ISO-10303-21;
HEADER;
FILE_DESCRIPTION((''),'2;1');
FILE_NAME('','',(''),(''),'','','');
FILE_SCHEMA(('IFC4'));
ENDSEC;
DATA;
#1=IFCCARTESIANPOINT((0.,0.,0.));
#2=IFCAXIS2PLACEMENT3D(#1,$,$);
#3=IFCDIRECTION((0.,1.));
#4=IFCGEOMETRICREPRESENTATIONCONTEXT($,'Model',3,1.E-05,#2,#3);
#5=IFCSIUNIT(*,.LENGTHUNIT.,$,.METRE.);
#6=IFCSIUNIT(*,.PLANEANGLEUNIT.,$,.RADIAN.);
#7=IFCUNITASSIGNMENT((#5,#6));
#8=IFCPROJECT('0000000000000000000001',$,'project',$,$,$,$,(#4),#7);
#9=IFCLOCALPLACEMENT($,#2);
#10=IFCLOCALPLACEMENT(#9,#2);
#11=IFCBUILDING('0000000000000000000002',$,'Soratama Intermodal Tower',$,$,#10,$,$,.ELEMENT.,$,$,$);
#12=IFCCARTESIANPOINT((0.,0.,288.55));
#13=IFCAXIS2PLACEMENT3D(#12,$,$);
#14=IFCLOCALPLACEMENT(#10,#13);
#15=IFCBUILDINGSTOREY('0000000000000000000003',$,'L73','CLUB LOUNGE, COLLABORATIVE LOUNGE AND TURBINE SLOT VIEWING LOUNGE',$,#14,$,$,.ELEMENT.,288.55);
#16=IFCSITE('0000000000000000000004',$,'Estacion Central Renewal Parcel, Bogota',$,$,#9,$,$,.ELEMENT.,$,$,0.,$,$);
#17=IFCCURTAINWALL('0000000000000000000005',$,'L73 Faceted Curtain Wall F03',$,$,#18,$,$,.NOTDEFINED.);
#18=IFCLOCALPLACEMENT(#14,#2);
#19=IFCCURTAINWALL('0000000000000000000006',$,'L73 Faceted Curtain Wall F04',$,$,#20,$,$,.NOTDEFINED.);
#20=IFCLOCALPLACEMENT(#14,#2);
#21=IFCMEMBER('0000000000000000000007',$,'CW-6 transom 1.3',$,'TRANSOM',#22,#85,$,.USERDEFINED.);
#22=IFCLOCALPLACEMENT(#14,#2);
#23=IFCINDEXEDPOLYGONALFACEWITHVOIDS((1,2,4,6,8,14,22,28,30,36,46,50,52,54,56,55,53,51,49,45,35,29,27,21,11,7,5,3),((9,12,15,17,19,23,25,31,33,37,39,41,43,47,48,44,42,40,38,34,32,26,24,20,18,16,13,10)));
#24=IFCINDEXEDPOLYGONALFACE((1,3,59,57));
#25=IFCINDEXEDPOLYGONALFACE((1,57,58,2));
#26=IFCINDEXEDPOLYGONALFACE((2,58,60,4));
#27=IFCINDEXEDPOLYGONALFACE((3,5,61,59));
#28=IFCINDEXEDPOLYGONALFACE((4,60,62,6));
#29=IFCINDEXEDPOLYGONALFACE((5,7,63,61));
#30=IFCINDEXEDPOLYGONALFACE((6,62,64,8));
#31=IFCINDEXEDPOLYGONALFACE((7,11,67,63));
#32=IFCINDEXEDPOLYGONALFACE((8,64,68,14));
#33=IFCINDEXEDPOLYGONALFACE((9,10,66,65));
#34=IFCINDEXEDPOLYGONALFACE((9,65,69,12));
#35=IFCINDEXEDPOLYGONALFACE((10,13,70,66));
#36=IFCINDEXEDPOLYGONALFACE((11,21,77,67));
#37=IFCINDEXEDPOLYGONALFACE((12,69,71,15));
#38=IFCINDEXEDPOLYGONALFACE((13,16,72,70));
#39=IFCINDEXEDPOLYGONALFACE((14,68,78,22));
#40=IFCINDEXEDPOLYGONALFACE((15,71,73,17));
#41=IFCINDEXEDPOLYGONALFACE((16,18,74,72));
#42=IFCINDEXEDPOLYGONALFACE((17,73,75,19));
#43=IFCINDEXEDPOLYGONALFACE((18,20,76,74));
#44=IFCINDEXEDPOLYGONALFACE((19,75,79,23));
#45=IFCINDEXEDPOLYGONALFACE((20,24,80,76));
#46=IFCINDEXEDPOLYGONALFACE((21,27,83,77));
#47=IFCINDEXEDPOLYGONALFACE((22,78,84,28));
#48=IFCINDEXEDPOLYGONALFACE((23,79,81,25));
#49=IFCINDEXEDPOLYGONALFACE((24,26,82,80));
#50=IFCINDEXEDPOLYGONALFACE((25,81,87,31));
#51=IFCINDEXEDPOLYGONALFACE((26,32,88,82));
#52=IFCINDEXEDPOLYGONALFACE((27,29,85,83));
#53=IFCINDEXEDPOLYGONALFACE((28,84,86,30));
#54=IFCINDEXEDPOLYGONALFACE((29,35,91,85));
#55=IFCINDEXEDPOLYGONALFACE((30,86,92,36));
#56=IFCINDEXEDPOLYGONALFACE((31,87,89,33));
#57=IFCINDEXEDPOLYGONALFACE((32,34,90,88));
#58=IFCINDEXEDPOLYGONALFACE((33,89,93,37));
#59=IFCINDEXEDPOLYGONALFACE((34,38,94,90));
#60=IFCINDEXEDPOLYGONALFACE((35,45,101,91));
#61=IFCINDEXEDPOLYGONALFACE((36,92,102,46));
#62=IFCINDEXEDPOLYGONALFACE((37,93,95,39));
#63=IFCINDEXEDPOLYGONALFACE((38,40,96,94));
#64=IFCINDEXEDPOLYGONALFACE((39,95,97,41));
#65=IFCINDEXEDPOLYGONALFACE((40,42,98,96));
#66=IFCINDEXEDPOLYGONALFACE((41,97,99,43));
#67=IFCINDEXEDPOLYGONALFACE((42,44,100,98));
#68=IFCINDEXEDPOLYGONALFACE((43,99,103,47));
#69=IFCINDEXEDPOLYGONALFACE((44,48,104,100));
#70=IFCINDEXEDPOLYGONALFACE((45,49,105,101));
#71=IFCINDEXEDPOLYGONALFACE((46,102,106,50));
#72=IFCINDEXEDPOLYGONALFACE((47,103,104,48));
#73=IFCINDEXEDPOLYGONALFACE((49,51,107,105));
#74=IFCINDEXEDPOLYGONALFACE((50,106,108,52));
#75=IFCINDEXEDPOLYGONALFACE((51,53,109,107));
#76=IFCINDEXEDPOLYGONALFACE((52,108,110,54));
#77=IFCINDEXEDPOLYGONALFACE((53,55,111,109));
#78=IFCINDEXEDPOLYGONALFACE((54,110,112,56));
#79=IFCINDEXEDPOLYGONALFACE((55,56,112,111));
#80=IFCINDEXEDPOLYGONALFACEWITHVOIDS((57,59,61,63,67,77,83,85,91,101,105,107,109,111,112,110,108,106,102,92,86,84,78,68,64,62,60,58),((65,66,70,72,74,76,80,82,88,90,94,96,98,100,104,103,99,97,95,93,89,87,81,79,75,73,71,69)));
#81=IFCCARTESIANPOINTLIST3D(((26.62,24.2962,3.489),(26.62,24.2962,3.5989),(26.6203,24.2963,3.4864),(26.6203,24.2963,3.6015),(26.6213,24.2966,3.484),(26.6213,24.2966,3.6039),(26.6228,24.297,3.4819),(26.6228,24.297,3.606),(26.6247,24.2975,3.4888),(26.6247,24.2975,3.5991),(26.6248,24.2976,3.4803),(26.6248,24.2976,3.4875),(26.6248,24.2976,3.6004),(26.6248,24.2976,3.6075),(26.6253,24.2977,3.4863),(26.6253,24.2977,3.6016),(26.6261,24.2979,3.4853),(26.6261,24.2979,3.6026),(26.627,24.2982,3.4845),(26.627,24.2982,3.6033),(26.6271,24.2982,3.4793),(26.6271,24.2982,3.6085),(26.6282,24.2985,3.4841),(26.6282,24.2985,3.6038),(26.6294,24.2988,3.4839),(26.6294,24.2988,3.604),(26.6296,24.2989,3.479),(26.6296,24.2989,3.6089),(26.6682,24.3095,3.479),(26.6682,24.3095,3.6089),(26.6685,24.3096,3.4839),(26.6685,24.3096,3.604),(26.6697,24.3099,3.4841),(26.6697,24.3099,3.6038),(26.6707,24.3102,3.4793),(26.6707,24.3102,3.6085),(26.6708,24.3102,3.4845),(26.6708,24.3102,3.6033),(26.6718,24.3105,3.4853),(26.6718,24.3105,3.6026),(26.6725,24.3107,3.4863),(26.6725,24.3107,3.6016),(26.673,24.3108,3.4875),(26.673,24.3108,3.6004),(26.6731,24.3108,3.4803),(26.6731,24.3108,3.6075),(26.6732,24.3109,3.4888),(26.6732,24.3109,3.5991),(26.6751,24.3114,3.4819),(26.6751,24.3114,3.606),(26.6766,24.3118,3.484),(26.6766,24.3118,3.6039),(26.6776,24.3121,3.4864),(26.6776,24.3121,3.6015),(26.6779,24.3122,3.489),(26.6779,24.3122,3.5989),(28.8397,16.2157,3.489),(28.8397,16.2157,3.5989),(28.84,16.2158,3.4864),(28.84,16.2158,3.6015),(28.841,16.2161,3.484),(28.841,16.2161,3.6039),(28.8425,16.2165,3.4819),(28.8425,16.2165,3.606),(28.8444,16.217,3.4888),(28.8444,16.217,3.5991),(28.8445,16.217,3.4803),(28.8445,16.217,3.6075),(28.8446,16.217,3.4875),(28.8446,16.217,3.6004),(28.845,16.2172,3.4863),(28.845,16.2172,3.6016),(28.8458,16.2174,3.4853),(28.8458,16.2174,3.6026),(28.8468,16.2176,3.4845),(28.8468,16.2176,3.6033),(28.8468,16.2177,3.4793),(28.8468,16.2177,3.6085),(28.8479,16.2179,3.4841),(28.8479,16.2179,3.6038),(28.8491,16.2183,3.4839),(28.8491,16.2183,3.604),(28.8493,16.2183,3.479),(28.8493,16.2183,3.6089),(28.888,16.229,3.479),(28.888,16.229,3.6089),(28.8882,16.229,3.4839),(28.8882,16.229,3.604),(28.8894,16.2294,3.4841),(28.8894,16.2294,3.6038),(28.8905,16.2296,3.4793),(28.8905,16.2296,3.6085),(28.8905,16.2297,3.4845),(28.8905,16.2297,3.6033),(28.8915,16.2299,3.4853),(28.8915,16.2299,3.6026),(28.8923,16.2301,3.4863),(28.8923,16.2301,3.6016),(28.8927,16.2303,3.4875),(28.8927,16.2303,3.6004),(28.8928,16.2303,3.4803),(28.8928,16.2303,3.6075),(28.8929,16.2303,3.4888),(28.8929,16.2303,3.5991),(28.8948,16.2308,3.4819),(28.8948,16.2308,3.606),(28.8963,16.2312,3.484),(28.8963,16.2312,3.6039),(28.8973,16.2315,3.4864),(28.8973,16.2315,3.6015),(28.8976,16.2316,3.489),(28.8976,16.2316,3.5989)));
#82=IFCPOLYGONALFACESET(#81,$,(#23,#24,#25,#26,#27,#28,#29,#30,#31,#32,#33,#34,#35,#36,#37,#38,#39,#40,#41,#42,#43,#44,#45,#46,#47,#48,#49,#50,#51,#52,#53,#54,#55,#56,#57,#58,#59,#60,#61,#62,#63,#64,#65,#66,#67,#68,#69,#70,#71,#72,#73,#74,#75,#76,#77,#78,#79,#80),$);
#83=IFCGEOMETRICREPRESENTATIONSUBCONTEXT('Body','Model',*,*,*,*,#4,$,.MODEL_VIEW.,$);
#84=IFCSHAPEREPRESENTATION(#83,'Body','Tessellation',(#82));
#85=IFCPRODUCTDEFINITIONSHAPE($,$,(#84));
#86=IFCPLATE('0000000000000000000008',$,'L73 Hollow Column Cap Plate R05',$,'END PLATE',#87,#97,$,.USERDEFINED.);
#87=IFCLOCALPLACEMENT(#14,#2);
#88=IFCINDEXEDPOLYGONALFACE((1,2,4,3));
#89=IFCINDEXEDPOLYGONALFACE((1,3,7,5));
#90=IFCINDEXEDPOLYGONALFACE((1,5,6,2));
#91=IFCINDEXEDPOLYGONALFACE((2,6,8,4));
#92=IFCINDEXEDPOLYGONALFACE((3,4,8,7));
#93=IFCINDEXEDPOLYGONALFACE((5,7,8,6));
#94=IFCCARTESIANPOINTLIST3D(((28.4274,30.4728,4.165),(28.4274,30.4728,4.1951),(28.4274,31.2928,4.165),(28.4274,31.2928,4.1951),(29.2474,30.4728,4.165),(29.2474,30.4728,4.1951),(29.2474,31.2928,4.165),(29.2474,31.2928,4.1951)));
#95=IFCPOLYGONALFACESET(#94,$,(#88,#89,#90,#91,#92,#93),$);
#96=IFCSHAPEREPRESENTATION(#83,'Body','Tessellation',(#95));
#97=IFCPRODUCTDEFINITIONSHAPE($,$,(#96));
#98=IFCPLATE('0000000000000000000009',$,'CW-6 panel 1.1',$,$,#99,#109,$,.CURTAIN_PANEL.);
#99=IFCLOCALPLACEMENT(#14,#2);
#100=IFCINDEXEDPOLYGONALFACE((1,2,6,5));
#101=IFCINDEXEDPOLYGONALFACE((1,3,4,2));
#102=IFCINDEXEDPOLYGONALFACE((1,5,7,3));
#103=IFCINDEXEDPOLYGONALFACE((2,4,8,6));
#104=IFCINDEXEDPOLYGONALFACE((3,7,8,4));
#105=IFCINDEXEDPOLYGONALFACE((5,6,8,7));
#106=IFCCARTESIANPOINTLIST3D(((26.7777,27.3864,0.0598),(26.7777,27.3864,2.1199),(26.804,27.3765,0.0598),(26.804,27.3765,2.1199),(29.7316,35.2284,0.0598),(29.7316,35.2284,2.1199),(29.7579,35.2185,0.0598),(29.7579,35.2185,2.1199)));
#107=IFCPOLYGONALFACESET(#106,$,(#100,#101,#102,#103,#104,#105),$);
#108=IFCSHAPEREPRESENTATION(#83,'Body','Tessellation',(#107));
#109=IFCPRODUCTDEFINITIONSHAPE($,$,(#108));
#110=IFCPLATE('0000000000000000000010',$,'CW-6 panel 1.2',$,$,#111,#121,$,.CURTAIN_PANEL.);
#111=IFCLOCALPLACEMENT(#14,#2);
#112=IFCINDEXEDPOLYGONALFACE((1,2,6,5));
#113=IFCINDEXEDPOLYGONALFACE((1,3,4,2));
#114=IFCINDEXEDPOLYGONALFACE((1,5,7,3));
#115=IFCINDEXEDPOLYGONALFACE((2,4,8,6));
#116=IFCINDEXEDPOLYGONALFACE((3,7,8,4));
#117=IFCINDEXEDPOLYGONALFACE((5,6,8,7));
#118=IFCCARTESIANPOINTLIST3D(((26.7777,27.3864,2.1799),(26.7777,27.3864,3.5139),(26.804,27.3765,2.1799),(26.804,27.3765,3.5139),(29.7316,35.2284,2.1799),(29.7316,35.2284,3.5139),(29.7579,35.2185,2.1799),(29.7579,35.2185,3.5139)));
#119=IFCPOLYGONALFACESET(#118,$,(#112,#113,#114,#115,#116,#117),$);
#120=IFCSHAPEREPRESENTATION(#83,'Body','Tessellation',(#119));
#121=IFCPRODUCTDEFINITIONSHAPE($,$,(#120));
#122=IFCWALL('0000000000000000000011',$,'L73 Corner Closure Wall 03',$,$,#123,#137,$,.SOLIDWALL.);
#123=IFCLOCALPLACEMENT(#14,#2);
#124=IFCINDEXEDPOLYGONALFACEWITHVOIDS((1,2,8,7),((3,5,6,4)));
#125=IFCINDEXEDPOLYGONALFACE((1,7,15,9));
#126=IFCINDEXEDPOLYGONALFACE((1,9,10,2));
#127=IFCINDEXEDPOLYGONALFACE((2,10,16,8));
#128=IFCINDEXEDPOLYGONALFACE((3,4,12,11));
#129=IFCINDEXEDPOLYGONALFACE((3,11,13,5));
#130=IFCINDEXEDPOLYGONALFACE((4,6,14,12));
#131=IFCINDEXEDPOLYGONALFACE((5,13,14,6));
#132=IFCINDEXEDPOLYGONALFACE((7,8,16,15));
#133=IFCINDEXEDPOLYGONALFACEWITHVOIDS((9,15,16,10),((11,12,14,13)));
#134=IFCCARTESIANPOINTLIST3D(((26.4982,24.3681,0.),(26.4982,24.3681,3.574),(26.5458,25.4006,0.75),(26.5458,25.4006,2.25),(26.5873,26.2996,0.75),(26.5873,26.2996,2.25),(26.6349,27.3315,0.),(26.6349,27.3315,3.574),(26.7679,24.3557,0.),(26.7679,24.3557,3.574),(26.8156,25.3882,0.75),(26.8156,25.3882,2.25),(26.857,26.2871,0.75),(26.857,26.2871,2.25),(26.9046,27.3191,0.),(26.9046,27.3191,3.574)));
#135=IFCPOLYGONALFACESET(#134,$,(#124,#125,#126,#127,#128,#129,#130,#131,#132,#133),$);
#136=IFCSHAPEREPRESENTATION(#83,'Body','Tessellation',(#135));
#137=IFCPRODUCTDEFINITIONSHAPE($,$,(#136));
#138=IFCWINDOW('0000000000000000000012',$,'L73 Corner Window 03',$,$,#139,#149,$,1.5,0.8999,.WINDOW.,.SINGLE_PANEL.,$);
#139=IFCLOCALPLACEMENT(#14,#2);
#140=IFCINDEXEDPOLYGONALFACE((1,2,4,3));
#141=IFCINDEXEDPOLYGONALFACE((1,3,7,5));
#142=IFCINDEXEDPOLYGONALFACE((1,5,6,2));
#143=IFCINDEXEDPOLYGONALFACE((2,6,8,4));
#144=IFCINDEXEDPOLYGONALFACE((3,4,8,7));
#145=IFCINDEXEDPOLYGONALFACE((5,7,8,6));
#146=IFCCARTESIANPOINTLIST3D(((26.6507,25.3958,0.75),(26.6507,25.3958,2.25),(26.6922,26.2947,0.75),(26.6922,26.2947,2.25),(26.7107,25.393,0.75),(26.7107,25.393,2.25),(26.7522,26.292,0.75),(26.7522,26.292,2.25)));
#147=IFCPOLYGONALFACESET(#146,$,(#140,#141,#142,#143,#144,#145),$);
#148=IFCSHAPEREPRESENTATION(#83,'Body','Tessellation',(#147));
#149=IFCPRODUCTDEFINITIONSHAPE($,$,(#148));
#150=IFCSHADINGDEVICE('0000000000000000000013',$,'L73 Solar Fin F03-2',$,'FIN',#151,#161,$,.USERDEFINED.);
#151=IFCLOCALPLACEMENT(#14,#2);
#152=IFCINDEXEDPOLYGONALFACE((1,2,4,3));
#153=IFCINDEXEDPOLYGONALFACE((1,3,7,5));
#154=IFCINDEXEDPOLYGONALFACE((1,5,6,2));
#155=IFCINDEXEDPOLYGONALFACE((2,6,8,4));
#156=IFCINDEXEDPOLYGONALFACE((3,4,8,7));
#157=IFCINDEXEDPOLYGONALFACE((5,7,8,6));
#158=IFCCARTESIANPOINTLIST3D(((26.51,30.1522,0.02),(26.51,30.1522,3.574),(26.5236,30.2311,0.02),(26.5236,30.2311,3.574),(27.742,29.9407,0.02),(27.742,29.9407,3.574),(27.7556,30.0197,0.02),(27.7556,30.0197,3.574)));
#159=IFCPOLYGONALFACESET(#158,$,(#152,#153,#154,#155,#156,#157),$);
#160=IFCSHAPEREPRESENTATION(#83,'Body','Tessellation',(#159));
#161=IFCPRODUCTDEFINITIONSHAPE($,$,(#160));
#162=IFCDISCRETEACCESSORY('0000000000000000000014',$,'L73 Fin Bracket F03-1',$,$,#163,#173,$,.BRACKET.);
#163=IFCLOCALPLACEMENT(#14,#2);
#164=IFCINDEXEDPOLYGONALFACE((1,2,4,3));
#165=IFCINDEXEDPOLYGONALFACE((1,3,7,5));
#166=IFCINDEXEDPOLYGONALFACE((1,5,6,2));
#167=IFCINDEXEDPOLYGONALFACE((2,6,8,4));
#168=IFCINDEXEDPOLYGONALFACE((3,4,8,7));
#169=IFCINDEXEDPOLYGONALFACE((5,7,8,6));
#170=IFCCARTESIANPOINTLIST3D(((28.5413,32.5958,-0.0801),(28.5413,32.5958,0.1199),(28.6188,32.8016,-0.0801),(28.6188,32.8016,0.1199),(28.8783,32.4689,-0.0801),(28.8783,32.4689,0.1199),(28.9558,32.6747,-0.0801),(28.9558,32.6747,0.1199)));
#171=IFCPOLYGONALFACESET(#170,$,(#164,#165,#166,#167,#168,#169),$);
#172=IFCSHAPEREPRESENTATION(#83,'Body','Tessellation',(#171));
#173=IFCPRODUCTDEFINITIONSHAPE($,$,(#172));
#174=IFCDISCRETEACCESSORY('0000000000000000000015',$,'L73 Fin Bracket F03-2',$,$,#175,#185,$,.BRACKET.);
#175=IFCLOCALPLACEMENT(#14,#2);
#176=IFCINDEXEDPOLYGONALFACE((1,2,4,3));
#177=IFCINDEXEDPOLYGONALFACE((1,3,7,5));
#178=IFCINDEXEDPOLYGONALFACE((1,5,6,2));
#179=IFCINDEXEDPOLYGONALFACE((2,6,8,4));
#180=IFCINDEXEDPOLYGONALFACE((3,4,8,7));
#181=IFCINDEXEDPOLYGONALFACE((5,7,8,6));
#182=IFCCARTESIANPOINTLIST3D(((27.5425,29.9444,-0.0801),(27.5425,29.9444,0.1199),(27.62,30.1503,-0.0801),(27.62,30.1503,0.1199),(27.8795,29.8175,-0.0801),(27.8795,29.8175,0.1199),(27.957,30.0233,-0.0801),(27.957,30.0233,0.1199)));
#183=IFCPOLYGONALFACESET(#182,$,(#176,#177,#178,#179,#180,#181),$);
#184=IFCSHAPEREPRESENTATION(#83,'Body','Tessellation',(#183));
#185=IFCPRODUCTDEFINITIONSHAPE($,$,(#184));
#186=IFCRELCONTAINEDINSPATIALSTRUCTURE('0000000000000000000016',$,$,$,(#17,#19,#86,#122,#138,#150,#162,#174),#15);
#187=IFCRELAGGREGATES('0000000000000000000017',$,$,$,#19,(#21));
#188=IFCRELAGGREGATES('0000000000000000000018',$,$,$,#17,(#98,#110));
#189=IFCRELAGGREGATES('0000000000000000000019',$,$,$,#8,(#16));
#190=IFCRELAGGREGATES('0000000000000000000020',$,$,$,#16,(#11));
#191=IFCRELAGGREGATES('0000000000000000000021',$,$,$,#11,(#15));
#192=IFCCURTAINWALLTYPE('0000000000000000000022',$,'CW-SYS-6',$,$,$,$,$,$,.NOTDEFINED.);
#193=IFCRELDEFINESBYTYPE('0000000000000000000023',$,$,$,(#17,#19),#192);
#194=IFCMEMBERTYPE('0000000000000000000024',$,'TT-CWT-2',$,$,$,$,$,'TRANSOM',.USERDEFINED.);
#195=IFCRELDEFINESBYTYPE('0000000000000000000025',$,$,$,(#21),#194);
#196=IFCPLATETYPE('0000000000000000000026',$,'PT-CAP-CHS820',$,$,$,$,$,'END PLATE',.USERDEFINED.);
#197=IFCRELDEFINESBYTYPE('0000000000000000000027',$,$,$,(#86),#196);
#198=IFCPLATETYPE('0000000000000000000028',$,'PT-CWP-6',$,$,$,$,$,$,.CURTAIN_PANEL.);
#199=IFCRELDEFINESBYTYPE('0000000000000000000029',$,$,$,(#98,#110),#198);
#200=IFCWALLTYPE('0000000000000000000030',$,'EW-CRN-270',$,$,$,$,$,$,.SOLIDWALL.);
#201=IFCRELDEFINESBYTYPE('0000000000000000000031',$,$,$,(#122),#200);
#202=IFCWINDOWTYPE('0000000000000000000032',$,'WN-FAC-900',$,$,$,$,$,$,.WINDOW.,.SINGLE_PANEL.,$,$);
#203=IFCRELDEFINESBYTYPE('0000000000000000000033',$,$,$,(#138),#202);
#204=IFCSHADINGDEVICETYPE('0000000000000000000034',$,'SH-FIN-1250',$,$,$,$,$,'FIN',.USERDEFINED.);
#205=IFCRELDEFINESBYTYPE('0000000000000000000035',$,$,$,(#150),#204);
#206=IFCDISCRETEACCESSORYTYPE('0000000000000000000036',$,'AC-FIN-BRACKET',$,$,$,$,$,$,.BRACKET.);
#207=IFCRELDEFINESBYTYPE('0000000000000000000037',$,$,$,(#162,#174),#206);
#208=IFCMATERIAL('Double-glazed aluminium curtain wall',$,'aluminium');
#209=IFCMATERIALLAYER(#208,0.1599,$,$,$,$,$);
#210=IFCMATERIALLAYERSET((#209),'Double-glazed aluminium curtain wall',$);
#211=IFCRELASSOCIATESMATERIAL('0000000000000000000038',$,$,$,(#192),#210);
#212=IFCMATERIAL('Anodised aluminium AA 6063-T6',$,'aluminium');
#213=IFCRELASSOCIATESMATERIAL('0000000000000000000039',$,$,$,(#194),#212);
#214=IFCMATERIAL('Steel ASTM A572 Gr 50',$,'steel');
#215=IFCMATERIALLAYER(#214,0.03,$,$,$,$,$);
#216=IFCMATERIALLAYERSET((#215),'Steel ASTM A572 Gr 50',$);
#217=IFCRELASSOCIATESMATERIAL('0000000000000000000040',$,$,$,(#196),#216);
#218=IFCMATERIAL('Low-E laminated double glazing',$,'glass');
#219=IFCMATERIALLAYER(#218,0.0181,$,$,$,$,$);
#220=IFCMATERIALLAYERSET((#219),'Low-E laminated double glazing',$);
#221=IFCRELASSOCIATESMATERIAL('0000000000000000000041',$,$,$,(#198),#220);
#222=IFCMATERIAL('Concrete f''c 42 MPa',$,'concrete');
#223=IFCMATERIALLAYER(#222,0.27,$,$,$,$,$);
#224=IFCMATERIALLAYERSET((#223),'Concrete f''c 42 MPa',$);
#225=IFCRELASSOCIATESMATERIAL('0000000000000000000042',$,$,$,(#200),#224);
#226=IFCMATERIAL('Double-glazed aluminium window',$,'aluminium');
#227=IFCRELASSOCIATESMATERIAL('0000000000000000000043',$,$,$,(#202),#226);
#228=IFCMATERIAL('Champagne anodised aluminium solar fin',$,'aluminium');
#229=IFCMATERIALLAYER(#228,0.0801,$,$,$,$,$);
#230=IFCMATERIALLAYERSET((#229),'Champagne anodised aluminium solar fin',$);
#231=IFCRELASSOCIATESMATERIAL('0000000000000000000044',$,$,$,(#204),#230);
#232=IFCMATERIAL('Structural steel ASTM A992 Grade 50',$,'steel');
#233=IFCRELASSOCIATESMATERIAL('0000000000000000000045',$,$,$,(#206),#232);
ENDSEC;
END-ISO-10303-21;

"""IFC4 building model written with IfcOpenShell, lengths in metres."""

from ifc_helpers import new_model, si_unit, direction, frame, frame_2d, origin, origin_2d, place, context, subcontext, project, spatial, rectangle, hollow_rectangle, extrude, material, layer, layer_set, material_profile, profile_set, type_object, element, fill, aggregate, save


model = new_model("IFC4")

# Units and contexts
model_context = context("Model", 3, precision=1e-05, world=origin(), true_north=direction((0.0, 1.0)))
body_context = subcontext(model_context, "Body", "Model", "MODEL_VIEW")
ifc_project = project(units=[si_unit("LENGTHUNIT", "METRE"), si_unit("PLANEANGLEUNIT", "RADIAN")], contexts=[model_context])

# Site, building, storey
site_placement = place(None, origin())
site = spatial("IfcSite", under=ifc_project, at=site_placement, Name="Estacion Central Renewal Parcel, Bogota", CompositionType="ELEMENT", RefElevation=0.0)
building_placement = place(site_placement, origin())
building = spatial("IfcBuilding", under=site, at=building_placement, Name="Soratama Intermodal Tower", CompositionType="ELEMENT")
storey_placement = place(building_placement, frame((0.0, 0.0, 288.55)))
storey = spatial("IfcBuildingStorey", under=building, at=storey_placement, Name="L73", Description="CLUB LOUNGE, COLLABORATIVE LOUNGE AND TURBINE SLOT VIEWING LOUNGE", CompositionType="ELEMENT", Elevation=288.55)

# Curtain wall
ifc_material_1 = material(Name="Double-glazed aluminium curtain wall", Category="aluminium")
ifc_layer_1 = layer(ifc_material_1, 0.1599)
ifc_layer_set_1 = layer_set([ifc_layer_1], Name="Double-glazed aluminium curtain wall")
curtain_wall_type = type_object("IfcCurtainWallType", Name="CW-SYS-6", PredefinedType="NOTDEFINED", material=ifc_layer_set_1)
curtain_wall_1_placement = place(storey_placement, origin())
curtain_wall_1 = element("IfcCurtainWall", 1, at=curtain_wall_1_placement, inside=storey, type_object=curtain_wall_type, Name="L73 Faceted Curtain Wall F03", PredefinedType="NOTDEFINED")

# Curtain wall, member
curtain_wall_2_placement = place(storey_placement, origin())
curtain_wall_2 = element("IfcCurtainWall", 2, at=curtain_wall_2_placement, inside=storey, type_object=curtain_wall_type, Name="L73 Faceted Curtain Wall F04", PredefinedType="NOTDEFINED")
ifc_material_2 = material(Name="Anodised aluminium AA 6063-T6", Category="aluminium")
ifc_material_profile_1 = material_profile(ifc_material_2, hollow_rectangle(XDim=0.0601, YDim=0.1299, WallThickness=0.0049, InnerFilletRadius=0.0049, OuterFilletRadius=0.01, at=origin_2d()), Name="CWT130X60X5")
ifc_profile_set_1 = profile_set([ifc_material_profile_1], Name="Anodised aluminium AA 6063-T6")
member_type_1 = type_object("IfcMemberType", Name="TT-CWT-2", ElementType="TRANSOM", PredefinedType="USERDEFINED", material=ifc_profile_set_1)
member_1_placement = place(storey_placement, frame((26.6489, 24.3042, 3.5439), z_axis=(0.264887, -0.964279, 0.0), x_axis=(0.964279, 0.264887, 0.0)))
member_1 = element("IfcMember", 3, at=member_1_placement, type_object=member_type_1, Name="CW-6 transom 1.3", ObjectType="TRANSOM", PredefinedType="USERDEFINED", context=body_context, shape_type="SweptSolid", body=[
    extrude(hollow_rectangle(XDim=0.0601, YDim=0.1299, WallThickness=0.0049, InnerFilletRadius=0.0049, OuterFilletRadius=0.01, at=origin_2d()), origin(), (0.0, 0.0, 1.0), 8.3799),
])
aggregate(curtain_wall_2, [member_1])

# Plates
ifc_material_3 = material(Name="Steel ASTM A572 Gr 50", Category="steel")
ifc_layer_2 = layer(ifc_material_3, 0.03)
ifc_layer_set_2 = layer_set([ifc_layer_2], Name="Steel ASTM A572 Gr 50")
plate_type_1 = type_object("IfcPlateType", Name="PT-CAP-CHS820", ElementType="END PLATE", PredefinedType="USERDEFINED", material=ifc_layer_set_2)
plate_1_placement = place(storey_placement, frame((28.8374, 30.8828, 4.165), z_axis=(0.0, 0.0, 1.0), x_axis=(1.0, 0.0, 0.0)))
element("IfcPlate", 4, at=plate_1_placement, inside=storey, type_object=plate_type_1, Name="L73 Hollow Column Cap Plate R05", ObjectType="END PLATE", PredefinedType="USERDEFINED", context=body_context, shape_type="SweptSolid", body=[
    extrude(rectangle(XDim=0.8201, YDim=0.8201, at=origin_2d()), origin(), (0.0, 0.0, 1.0), 0.03),
])
ifc_material_4 = material(Name="Low-E laminated double glazing", Category="glass")
ifc_layer_3 = layer(ifc_material_4, 0.0181)
ifc_layer_set_3 = layer_set([ifc_layer_3], Name="Low-E laminated double glazing")
plate_type_2 = type_object("IfcPlateType", Name="PT-CWP-6", PredefinedType="CURTAIN_PANEL", material=ifc_layer_set_3)
plate_2_placement = place(storey_placement, frame((28.2678, 31.3025, 0.0598), z_axis=(0.0, 0.0, 1.0), x_axis=(-0.352499, -0.935812, 0.0)))
plate_2 = element("IfcPlate", 5, at=plate_2_placement, type_object=plate_type_2, Name="CW-6 panel 1.1", PredefinedType="CURTAIN_PANEL", context=body_context, shape_type="SweptSolid", body=[
    extrude(rectangle(XDim=8.3799, YDim=0.0281, at=origin_2d()), origin(), (0.0, 0.0, 1.0), 2.0601),
])
plate_3_placement = place(storey_placement, frame((28.2678, 31.3025, 2.1799), z_axis=(0.0, 0.0, 1.0), x_axis=(-0.352499, -0.935812, 0.0)))
plate_3 = element("IfcPlate", 6, at=plate_3_placement, type_object=plate_type_2, Name="CW-6 panel 1.2", PredefinedType="CURTAIN_PANEL", context=body_context, shape_type="SweptSolid", body=[
    extrude(rectangle(XDim=8.3799, YDim=0.0281, at=origin_2d()), origin(), (0.0, 0.0, 1.0), 1.334),
])
aggregate(curtain_wall_1, [plate_2, plate_3])

# Wall, opening, window
ifc_material_5 = material(Name="Concrete f'c 42 MPa", Category="concrete")
ifc_layer_4 = layer(ifc_material_5, 0.27)
ifc_layer_set_4 = layer_set([ifc_layer_4], Name="Concrete f'c 42 MPa")
wall_type = type_object("IfcWallType", Name="EW-CRN-270", PredefinedType="SOLIDWALL", material=ifc_layer_set_4)
wall_placement = place(storey_placement, frame((26.7698, 27.3254, 0.0), z_axis=(0.0, 0.0, 1.0), x_axis=(-0.046087, -0.998937, 0.0)))
wall = element("IfcWall", 7, at=wall_placement, inside=storey, type_object=wall_type, Name="L73 Corner Closure Wall 03", PredefinedType="SOLIDWALL", context=body_context, shape_type="SweptSolid", body=[
    extrude(rectangle(XDim=2.9666, YDim=0.27, at=frame_2d((1.4834, 0.0))), origin(), (0.0, 0.0, 1.0), 3.574),
])
opening_placement = place(wall_placement, frame((1.0332, 0.0, 0.75)))
opening = element("IfcOpeningElement", 8, at=opening_placement, cuts=wall, PredefinedType="OPENING", context=body_context, shape_type="SweptSolid", body=[
    extrude(rectangle(XDim=0.8999, YDim=1.5, at=frame_2d((0.45, 0.75))), frame((0.0, 0.145, 0.0), z_axis=(0.0, -1.0, 0.0), x_axis=(1.0, 0.0, 0.0)), (0.0, 0.0, 1.0), 0.29),
])
ifc_material_6 = material(Name="Double-glazed aluminium window", Category="aluminium")
window_type = type_object("IfcWindowType", Name="WN-FAC-900", PartitioningType="SINGLE_PANEL", PredefinedType="WINDOW", material=ifc_material_6)
window_placement = place(opening_placement, origin())
window = element("IfcWindow", 9, at=window_placement, inside=storey, type_object=window_type, Name="L73 Corner Window 03", OverallHeight=1.5, OverallWidth=0.8999, PartitioningType="SINGLE_PANEL", PredefinedType="WINDOW", context=body_context, shape_type="SweptSolid", body=[
    extrude(rectangle(XDim=0.8999, YDim=1.5, at=frame_2d((0.45, 0.75))), frame((0.0, 0.03, 0.0), z_axis=(0.0, -1.0, 0.0), x_axis=(1.0, 0.0, 0.0)), (0.0, 0.0, 1.0), 0.0601),
])
fill(opening, window)

# Shading device
ifc_material_7 = material(Name="Champagne anodised aluminium solar fin", Category="aluminium")
ifc_layer_5 = layer(ifc_material_7, 0.0801)
ifc_layer_set_5 = layer_set([ifc_layer_5], Name="Champagne anodised aluminium solar fin")
shading_device_type = type_object("IfcShadingDeviceType", Name="SH-FIN-1250", ElementType="FIN", PredefinedType="USERDEFINED", material=ifc_layer_set_5)
shading_device_placement = place(storey_placement, frame((27.1328, 30.0859, 0.02), z_axis=(0.0, 0.0, 1.0), x_axis=(-0.985586, 0.169177, 0.0)))
element("IfcShadingDevice", 10, at=shading_device_placement, inside=storey, type_object=shading_device_type, Name="L73 Solar Fin F03-2", ObjectType="FIN", PredefinedType="USERDEFINED", context=body_context, shape_type="SweptSolid", body=[
    extrude(rectangle(XDim=1.25, YDim=0.0801, at=origin_2d()), origin(), (0.0, 0.0, 1.0), 3.554),
])

# Discrete accessories
ifc_material_8 = material(Name="Structural steel ASTM A992 Grade 50", Category="steel")
discrete_accessory_type = type_object("IfcDiscreteAccessoryType", Name="AC-FIN-BRACKET", PredefinedType="BRACKET", material=ifc_material_8)
for number, where, z_axis, x_axis, name in (
    (11, (28.7485, 32.6353, -0.0801), (0.0, 0.0, 1.0), (-0.935814, 0.352495, 0.0), "L73 Fin Bracket F03-1"),
    (12, (27.7498, 29.9839, -0.0801), (0.0, 0.0, 1.0), (-0.935814, 0.352495, 0.0), "L73 Fin Bracket F03-2"),
):
    element("IfcDiscreteAccessory", number, at=place(storey_placement, frame(where, z_axis=z_axis, x_axis=x_axis)), inside=storey, type_object=discrete_accessory_type, Name=name, PredefinedType="BRACKET", context=body_context, shape_type="SweptSolid", body=[
        extrude(rectangle(XDim=0.3601, YDim=0.22, at=origin_2d()), origin(), (0.0, 0.0, 1.0), 0.2),
    ])

save(model, "model.ifc")
